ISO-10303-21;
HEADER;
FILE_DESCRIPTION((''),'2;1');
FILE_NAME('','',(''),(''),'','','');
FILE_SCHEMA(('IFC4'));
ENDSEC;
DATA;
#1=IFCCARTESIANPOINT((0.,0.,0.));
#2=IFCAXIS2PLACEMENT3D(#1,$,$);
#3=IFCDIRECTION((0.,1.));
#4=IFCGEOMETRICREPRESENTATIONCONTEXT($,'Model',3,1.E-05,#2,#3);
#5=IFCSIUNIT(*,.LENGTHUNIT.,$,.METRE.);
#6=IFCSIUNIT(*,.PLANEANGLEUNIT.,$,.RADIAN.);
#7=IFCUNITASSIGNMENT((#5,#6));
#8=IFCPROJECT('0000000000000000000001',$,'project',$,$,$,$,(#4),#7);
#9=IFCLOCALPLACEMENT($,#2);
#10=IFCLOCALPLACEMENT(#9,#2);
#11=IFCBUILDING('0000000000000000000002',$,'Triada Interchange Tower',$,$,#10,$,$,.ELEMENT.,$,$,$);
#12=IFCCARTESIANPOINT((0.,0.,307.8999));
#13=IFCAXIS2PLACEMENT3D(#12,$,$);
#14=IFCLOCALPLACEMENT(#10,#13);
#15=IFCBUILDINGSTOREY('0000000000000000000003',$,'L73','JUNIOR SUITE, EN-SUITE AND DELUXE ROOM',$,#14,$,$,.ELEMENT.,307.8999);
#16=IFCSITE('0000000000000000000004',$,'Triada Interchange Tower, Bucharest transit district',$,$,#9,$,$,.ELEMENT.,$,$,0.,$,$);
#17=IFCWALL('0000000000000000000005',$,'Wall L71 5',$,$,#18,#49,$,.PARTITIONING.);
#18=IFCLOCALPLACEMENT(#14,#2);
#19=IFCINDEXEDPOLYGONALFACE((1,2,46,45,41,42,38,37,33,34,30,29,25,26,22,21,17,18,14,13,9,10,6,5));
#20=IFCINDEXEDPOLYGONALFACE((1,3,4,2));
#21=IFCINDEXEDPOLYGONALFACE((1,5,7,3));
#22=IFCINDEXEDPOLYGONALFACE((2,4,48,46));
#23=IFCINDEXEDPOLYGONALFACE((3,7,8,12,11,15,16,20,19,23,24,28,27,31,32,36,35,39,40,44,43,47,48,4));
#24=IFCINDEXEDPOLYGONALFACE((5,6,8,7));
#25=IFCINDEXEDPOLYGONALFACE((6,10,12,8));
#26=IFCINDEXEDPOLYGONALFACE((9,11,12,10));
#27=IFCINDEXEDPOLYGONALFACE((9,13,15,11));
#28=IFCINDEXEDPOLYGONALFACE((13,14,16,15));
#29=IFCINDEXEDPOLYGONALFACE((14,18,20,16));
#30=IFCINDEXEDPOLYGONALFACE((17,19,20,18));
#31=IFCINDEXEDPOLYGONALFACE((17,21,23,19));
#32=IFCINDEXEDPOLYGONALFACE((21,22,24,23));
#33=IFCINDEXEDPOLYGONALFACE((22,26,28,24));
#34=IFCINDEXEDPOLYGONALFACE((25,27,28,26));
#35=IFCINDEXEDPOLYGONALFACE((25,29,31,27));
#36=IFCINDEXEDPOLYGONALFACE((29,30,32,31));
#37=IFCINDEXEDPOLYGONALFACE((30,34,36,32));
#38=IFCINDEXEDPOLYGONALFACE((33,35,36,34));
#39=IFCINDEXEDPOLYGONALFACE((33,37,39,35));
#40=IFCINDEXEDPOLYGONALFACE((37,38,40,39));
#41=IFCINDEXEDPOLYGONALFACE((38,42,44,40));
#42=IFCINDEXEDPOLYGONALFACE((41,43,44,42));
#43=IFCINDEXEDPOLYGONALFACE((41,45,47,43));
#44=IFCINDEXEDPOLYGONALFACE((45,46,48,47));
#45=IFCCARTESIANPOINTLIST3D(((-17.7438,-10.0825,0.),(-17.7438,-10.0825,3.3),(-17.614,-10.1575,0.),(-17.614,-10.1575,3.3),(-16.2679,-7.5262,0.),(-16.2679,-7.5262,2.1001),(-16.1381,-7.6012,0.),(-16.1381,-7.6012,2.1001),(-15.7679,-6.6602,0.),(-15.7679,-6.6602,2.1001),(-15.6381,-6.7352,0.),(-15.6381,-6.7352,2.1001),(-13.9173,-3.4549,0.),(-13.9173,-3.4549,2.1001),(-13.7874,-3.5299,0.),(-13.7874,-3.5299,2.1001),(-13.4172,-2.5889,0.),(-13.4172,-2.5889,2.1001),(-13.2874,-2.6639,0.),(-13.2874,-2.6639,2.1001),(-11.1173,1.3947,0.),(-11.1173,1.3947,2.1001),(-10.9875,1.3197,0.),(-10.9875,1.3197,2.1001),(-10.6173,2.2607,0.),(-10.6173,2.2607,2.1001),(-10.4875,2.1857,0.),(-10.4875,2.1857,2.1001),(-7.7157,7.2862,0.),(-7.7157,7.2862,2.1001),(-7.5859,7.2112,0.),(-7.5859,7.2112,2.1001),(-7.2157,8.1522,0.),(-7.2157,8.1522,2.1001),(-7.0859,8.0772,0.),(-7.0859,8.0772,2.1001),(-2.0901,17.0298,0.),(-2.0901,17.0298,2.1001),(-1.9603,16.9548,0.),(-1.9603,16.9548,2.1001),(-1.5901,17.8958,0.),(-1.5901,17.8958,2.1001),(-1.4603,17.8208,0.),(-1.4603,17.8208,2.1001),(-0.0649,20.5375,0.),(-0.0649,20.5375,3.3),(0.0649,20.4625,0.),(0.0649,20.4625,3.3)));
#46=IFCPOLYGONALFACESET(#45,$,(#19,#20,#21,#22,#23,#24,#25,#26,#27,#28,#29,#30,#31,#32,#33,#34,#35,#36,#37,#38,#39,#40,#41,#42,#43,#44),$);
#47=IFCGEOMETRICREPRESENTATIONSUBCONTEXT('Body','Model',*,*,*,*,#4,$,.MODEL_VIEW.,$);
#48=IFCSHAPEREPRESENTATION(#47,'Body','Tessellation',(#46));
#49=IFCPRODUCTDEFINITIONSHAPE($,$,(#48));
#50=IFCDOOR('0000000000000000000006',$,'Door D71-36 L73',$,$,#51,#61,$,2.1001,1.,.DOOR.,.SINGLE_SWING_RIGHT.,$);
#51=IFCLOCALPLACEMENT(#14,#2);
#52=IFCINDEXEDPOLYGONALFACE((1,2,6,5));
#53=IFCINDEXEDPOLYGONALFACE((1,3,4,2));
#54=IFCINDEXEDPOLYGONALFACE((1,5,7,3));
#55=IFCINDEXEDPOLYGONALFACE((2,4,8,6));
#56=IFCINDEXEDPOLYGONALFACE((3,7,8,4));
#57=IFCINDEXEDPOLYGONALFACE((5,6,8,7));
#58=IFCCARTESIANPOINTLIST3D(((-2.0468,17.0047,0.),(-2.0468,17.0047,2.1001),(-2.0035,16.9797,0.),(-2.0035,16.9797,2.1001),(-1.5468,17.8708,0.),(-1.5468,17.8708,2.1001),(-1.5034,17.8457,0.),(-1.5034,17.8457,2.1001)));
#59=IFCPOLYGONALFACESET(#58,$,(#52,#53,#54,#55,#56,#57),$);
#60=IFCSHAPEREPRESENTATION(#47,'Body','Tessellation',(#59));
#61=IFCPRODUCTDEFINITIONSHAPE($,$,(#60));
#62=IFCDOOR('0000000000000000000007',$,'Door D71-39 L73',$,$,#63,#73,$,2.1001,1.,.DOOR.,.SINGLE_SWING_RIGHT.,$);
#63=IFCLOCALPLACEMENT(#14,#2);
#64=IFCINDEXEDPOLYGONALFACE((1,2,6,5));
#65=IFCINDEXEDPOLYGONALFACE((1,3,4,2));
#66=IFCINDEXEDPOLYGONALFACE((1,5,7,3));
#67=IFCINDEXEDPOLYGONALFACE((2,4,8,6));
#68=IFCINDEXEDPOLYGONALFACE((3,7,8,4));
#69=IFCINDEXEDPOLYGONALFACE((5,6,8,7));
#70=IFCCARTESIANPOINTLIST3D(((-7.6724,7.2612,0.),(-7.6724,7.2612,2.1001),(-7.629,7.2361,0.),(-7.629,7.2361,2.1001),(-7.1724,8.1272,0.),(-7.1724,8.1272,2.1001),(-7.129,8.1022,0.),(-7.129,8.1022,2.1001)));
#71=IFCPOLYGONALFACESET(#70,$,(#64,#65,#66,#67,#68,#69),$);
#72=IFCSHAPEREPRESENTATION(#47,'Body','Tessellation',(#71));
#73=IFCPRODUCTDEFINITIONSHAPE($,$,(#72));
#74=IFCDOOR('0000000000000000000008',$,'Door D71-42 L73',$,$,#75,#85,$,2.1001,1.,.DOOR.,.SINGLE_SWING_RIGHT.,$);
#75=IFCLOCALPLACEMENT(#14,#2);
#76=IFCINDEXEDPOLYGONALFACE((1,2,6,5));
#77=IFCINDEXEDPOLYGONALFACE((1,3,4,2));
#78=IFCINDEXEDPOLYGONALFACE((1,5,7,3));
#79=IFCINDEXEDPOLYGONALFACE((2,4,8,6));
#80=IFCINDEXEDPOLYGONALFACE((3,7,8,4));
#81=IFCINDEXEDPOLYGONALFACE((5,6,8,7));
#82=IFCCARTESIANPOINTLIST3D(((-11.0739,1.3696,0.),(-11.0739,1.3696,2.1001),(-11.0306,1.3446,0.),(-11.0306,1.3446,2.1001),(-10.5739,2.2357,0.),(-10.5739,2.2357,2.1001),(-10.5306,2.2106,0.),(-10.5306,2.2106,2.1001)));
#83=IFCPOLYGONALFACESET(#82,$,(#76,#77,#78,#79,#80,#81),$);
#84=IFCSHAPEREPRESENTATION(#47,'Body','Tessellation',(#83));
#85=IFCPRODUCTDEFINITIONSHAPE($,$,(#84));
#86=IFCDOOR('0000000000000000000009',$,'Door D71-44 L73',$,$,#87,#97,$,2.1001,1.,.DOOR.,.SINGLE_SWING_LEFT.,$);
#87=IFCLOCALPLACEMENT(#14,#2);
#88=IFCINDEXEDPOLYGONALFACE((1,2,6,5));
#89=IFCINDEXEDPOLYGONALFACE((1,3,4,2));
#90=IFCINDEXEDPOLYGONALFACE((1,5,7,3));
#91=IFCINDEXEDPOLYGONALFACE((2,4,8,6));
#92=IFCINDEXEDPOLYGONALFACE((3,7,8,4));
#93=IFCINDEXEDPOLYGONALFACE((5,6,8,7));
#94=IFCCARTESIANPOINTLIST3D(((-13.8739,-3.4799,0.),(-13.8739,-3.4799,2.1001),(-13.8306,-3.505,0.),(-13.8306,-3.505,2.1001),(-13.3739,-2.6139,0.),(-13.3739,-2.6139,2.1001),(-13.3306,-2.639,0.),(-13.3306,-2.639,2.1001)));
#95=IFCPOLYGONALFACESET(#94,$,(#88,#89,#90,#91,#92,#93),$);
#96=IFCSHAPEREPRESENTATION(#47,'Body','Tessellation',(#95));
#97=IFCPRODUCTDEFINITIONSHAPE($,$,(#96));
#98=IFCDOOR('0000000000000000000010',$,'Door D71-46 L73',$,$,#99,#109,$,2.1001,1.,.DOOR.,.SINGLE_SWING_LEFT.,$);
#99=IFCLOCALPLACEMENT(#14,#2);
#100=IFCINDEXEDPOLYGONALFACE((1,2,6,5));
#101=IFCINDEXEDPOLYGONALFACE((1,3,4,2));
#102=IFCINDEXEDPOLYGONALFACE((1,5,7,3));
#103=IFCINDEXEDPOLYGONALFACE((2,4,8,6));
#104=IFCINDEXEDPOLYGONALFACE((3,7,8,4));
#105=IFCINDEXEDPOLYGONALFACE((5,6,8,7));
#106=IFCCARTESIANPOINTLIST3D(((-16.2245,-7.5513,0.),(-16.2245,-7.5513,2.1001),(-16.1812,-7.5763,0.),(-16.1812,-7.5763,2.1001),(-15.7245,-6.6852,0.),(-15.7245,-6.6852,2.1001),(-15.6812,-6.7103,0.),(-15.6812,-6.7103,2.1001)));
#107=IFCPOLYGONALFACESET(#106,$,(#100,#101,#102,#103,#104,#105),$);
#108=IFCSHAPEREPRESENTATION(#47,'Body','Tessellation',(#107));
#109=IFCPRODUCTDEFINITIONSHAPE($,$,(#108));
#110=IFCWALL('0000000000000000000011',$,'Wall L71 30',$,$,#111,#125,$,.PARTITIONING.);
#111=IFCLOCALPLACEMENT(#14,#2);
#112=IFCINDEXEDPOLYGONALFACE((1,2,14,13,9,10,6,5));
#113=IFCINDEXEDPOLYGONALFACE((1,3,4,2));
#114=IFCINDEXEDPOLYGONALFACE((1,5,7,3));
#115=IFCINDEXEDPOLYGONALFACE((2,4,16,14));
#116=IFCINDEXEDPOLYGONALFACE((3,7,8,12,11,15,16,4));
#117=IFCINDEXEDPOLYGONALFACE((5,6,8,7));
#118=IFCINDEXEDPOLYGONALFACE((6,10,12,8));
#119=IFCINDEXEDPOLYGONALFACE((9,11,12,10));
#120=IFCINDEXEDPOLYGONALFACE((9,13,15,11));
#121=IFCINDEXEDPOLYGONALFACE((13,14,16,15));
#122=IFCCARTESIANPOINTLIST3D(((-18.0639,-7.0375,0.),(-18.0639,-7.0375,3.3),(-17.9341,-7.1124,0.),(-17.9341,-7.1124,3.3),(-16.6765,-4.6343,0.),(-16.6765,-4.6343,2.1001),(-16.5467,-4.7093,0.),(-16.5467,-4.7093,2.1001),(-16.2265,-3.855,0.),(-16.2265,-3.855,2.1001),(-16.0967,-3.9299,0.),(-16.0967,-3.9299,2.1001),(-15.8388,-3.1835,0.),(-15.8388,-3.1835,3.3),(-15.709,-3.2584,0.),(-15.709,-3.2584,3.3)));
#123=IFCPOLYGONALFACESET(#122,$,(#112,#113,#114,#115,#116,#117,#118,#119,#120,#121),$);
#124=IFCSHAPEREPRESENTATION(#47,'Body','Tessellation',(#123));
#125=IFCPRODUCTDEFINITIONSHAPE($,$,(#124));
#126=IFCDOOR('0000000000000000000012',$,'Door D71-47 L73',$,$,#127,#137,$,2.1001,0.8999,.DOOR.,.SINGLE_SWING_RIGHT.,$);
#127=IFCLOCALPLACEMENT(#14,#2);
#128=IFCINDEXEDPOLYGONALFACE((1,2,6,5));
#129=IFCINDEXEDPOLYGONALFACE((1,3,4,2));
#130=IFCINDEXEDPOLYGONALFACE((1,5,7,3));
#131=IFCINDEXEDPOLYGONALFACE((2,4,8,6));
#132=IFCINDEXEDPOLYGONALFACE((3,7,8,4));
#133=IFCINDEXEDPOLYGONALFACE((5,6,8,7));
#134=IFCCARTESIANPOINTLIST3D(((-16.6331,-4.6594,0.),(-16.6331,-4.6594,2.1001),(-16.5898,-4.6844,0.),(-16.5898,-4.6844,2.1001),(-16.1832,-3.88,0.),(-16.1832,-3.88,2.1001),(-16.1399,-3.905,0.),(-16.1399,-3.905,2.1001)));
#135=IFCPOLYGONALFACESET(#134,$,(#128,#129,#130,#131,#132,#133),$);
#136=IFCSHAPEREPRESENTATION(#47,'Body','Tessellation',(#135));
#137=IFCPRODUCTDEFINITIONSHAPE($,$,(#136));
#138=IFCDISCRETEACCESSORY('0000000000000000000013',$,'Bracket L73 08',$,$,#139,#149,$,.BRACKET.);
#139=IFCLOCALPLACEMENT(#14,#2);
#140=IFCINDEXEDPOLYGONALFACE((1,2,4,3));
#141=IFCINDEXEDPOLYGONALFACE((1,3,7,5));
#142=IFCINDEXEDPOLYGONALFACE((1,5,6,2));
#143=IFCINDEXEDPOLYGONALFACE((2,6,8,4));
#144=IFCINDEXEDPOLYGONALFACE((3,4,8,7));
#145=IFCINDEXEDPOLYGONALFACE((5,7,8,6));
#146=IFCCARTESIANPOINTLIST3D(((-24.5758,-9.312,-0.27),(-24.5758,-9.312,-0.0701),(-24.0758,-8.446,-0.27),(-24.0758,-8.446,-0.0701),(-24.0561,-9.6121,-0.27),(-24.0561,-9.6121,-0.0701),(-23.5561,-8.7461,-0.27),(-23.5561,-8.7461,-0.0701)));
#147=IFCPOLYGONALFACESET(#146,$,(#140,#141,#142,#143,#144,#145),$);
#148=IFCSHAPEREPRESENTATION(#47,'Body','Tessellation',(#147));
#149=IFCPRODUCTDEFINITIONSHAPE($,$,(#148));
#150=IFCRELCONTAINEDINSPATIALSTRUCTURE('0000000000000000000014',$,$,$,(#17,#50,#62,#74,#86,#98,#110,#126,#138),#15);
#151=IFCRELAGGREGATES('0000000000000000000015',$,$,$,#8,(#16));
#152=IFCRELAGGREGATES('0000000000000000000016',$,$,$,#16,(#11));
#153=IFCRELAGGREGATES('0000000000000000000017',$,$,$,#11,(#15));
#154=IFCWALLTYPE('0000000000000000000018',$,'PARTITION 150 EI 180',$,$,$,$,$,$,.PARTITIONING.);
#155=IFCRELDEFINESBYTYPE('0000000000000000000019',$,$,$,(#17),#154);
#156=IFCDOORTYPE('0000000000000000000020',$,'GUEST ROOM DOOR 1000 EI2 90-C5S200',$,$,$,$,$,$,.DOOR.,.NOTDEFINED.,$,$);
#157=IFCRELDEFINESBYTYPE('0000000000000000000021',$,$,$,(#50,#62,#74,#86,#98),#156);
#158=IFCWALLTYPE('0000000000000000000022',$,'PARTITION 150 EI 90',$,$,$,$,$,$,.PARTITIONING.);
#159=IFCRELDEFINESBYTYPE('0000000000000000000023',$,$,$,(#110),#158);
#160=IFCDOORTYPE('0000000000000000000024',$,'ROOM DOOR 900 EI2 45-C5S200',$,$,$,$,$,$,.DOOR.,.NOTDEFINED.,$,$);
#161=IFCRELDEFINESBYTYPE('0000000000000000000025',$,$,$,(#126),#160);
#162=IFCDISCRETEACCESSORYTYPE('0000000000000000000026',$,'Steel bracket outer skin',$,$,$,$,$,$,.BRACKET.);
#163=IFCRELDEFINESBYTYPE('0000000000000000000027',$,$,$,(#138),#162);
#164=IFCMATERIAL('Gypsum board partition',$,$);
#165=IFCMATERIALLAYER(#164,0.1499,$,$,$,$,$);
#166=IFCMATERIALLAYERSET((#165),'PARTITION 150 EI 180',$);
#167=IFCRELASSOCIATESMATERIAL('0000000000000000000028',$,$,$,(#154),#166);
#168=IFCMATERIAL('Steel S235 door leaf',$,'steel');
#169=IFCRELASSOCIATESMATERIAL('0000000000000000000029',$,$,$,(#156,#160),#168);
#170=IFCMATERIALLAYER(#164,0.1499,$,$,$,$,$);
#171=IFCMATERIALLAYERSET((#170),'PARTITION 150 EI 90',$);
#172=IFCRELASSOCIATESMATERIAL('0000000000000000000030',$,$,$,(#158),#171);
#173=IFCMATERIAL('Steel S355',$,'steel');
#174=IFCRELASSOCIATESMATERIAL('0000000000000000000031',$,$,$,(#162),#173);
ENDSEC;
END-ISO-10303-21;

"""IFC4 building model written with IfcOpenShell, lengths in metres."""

from ifc_helpers import new_model, si_unit, direction, frame, frame_2d, origin, origin_2d, place, context, subcontext, project, spatial, rectangle, extrude, material, layer, layer_set, type_object, element, fill, save


model = new_model("IFC4")

# Units and contexts
model_context = context("Model", 3, precision=1e-05, world=origin(), true_north=direction((0.0, 1.0)))
body_context = subcontext(model_context, "Body", "Model", "MODEL_VIEW")
ifc_project = project(units=[si_unit("LENGTHUNIT", "METRE"), si_unit("PLANEANGLEUNIT", "RADIAN")], contexts=[model_context])

# Site, building, storey
site_placement = place(None, origin())
site = spatial("IfcSite", under=ifc_project, at=site_placement, Name="Triada Interchange Tower, Bucharest transit district", CompositionType="ELEMENT", RefElevation=0.0)
building_placement = place(site_placement, origin())
building = spatial("IfcBuilding", under=site, at=building_placement, Name="Triada Interchange Tower", CompositionType="ELEMENT")
storey_placement = place(building_placement, frame((0.0, 0.0, 307.8999)))
storey = spatial("IfcBuildingStorey", under=building, at=storey_placement, Name="L73", Description="JUNIOR SUITE, EN-SUITE AND DELUXE ROOM", CompositionType="ELEMENT", Elevation=307.8999)

# Wall, openings, doors
ifc_material_1 = material(Name="Gypsum board partition")
ifc_layer_1 = layer(ifc_material_1, 0.1499)
ifc_layer_set_1 = layer_set([ifc_layer_1], Name="PARTITION 150 EI 180")
wall_type_1 = type_object("IfcWallType", Name="PARTITION 150 EI 180", PredefinedType="PARTITIONING", material=ifc_layer_set_1)
ifc_material_2 = material(Name="Steel S235 door leaf", Category="steel")
door_type_1 = type_object("IfcDoorType", Name="GUEST ROOM DOOR 1000 EI2 90-C5S200", OperationType="NOTDEFINED", PredefinedType="DOOR", material=ifc_material_2)
wall_1_placement = place(storey_placement, frame((-17.679, -10.1201, 0.0), z_axis=(0.0, 0.0, 1.0), x_axis=(0.500009, 0.86602, 0.0)))
wall_1 = element("IfcWall", 1, at=wall_1_placement, inside=storey, type_object=wall_type_1, Name="Wall L71 5", PredefinedType="PARTITIONING", context=body_context, shape_type="SweptSolid", body=[
    extrude(rectangle(XDim=35.3572, YDim=0.1499, at=frame_2d((17.6787, 0.0))), origin(), (0.0, 0.0, 1.0), 3.3),
])
opening_1_placement = place(wall_1_placement, frame((31.3069, 0.0, 0.0)))
opening_1 = element("IfcOpeningElement", 2, at=opening_1_placement, cuts=wall_1, PredefinedType="OPENING", context=body_context, shape_type="SweptSolid", body=[
    extrude(rectangle(XDim=1.0, YDim=2.1001, at=frame_2d((0.5, 1.05))), frame((0.0, 0.085, 0.0), z_axis=(0.0, -1.0, 0.0), x_axis=(1.0, 0.0, 0.0)), (0.0, 0.0, 1.0), 0.1699),
])
opening_2_placement = place(wall_1_placement, frame((20.0559, 0.0, 0.0)))
opening_2 = element("IfcOpeningElement", 3, at=opening_2_placement, cuts=wall_1, PredefinedType="OPENING", context=body_context, shape_type="SweptSolid", body=[
    extrude(rectangle(XDim=1.0, YDim=2.1001, at=frame_2d((0.5, 1.05))), frame((0.0, 0.085, 0.0), z_axis=(0.0, -1.0, 0.0), x_axis=(1.0, 0.0, 0.0)), (0.0, 0.0, 1.0), 0.1699),
])
opening_3_placement = place(wall_1_placement, frame((13.2529, 0.0, 0.0)))
opening_3 = element("IfcOpeningElement", 4, at=opening_3_placement, cuts=wall_1, PredefinedType="OPENING", context=body_context, shape_type="SweptSolid", body=[
    extrude(rectangle(XDim=1.0, YDim=2.1001, at=frame_2d((0.5, 1.05))), frame((0.0, 0.085, 0.0), z_axis=(0.0, -1.0, 0.0), x_axis=(1.0, 0.0, 0.0)), (0.0, 0.0, 1.0), 0.1699),
])
opening_4_placement = place(wall_1_placement, frame((7.6531, 0.0, 0.0)))
opening_4 = element("IfcOpeningElement", 5, at=opening_4_placement, cuts=wall_1, PredefinedType="OPENING", context=body_context, shape_type="SweptSolid", body=[
    extrude(rectangle(XDim=1.0, YDim=2.1001, at=frame_2d((0.5, 1.05))), frame((0.0, 0.085, 0.0), z_axis=(0.0, -1.0, 0.0), x_axis=(1.0, 0.0, 0.0)), (0.0, 0.0, 1.0), 0.1699),
])
opening_5_placement = place(wall_1_placement, frame((2.9519, 0.0, 0.0)))
opening_5 = element("IfcOpeningElement", 6, at=opening_5_placement, cuts=wall_1, PredefinedType="OPENING", context=body_context, shape_type="SweptSolid", body=[
    extrude(rectangle(XDim=1.0, YDim=2.1001, at=frame_2d((0.5, 1.05))), frame((0.0, 0.085, 0.0), z_axis=(0.0, -1.0, 0.0), x_axis=(1.0, 0.0, 0.0)), (0.0, 0.0, 1.0), 0.1699),
])
door_1_placement = place(opening_1_placement, origin())
door_1 = element("IfcDoor", 7, at=door_1_placement, inside=storey, type_object=door_type_1, Name="Door D71-36 L73", OperationType="SINGLE_SWING_RIGHT", OverallHeight=2.1001, OverallWidth=1.0, PredefinedType="DOOR", context=body_context, shape_type="SweptSolid", body=[
    extrude(rectangle(XDim=1.0, YDim=2.1001, at=frame_2d((0.5, 1.05))), frame((0.0, 0.0249, 0.0), z_axis=(0.0, -1.0, 0.0), x_axis=(1.0, 0.0, 0.0)), (0.0, 0.0, 1.0), 0.05),
])
fill(opening_1, door_1)
door_2_placement = place(opening_2_placement, origin())
door_2 = element("IfcDoor", 8, at=door_2_placement, inside=storey, type_object=door_type_1, Name="Door D71-39 L73", OperationType="SINGLE_SWING_RIGHT", OverallHeight=2.1001, OverallWidth=1.0, PredefinedType="DOOR", context=body_context, shape_type="SweptSolid", body=[
    extrude(rectangle(XDim=1.0, YDim=2.1001, at=frame_2d((0.5, 1.05))), frame((0.0, 0.0249, 0.0), z_axis=(0.0, -1.0, 0.0), x_axis=(1.0, 0.0, 0.0)), (0.0, 0.0, 1.0), 0.05),
])
fill(opening_2, door_2)
door_3_placement = place(opening_3_placement, origin())
door_3 = element("IfcDoor", 9, at=door_3_placement, inside=storey, type_object=door_type_1, Name="Door D71-42 L73", OperationType="SINGLE_SWING_RIGHT", OverallHeight=2.1001, OverallWidth=1.0, PredefinedType="DOOR", context=body_context, shape_type="SweptSolid", body=[
    extrude(rectangle(XDim=1.0, YDim=2.1001, at=frame_2d((0.5, 1.05))), frame((0.0, 0.0249, 0.0), z_axis=(0.0, -1.0, 0.0), x_axis=(1.0, 0.0, 0.0)), (0.0, 0.0, 1.0), 0.05),
])
fill(opening_3, door_3)
door_4_placement = place(opening_4_placement, origin())
door_4 = element("IfcDoor", 10, at=door_4_placement, inside=storey, type_object=door_type_1, Name="Door D71-44 L73", OperationType="SINGLE_SWING_LEFT", OverallHeight=2.1001, OverallWidth=1.0, PredefinedType="DOOR", context=body_context, shape_type="SweptSolid", body=[
    extrude(rectangle(XDim=1.0, YDim=2.1001, at=frame_2d((0.5, 1.05))), frame((0.0, 0.0249, 0.0), z_axis=(0.0, -1.0, 0.0), x_axis=(1.0, 0.0, 0.0)), (0.0, 0.0, 1.0), 0.05),
])
fill(opening_4, door_4)
door_5_placement = place(opening_5_placement, origin())
door_5 = element("IfcDoor", 11, at=door_5_placement, inside=storey, type_object=door_type_1, Name="Door D71-46 L73", OperationType="SINGLE_SWING_LEFT", OverallHeight=2.1001, OverallWidth=1.0, PredefinedType="DOOR", context=body_context, shape_type="SweptSolid", body=[
    extrude(rectangle(XDim=1.0, YDim=2.1001, at=frame_2d((0.5, 1.05))), frame((0.0, 0.0249, 0.0), z_axis=(0.0, -1.0, 0.0), x_axis=(1.0, 0.0, 0.0)), (0.0, 0.0, 1.0), 0.05),
])
fill(opening_5, door_5)

# Wall, opening, door
ifc_layer_2 = layer(ifc_material_1, 0.1499)
ifc_layer_set_2 = layer_set([ifc_layer_2], Name="PARTITION 150 EI 90")
wall_type_2 = type_object("IfcWallType", Name="PARTITION 150 EI 90", PredefinedType="PARTITIONING", material=ifc_layer_set_2)
wall_2_placement = place(storey_placement, frame((-17.999, -7.075, 0.0), z_axis=(0.0, 0.0, 1.0), x_axis=(0.499998, 0.866027, 0.0)))
wall_2 = element("IfcWall", 12, at=wall_2_placement, inside=storey, type_object=wall_type_2, Name="Wall L71 30", PredefinedType="PARTITIONING", context=body_context, shape_type="SweptSolid", body=[
    extrude(rectangle(XDim=4.4502, YDim=0.1499, at=frame_2d((2.2251, 0.0))), origin(), (0.0, 0.0, 1.0), 3.3),
])
opening_6_placement = place(wall_2_placement, frame((2.7749, 0.0, 0.0)))
opening_6 = element("IfcOpeningElement", 13, at=opening_6_placement, cuts=wall_2, PredefinedType="OPENING", context=body_context, shape_type="SweptSolid", body=[
    extrude(rectangle(XDim=0.8999, YDim=2.1001, at=frame_2d((0.45, 1.05))), frame((0.0, 0.085, 0.0), z_axis=(0.0, -1.0, 0.0), x_axis=(1.0, 0.0, 0.0)), (0.0, 0.0, 1.0), 0.1699),
])
door_type_2 = type_object("IfcDoorType", Name="ROOM DOOR 900 EI2 45-C5S200", OperationType="NOTDEFINED", PredefinedType="DOOR", material=ifc_material_2)
door_6_placement = place(opening_6_placement, origin())
door_6 = element("IfcDoor", 14, at=door_6_placement, inside=storey, type_object=door_type_2, Name="Door D71-47 L73", OperationType="SINGLE_SWING_RIGHT", OverallHeight=2.1001, OverallWidth=0.8999, PredefinedType="DOOR", context=body_context, shape_type="SweptSolid", body=[
    extrude(rectangle(XDim=0.8999, YDim=2.1001, at=frame_2d((0.45, 1.05))), frame((0.0, 0.0249, 0.0), z_axis=(0.0, -1.0, 0.0), x_axis=(1.0, 0.0, 0.0)), (0.0, 0.0, 1.0), 0.05),
])
fill(opening_6, door_6)

# Discrete accessory
ifc_material_3 = material(Name="Steel S355", Category="steel")
discrete_accessory_type = type_object("IfcDiscreteAccessoryType", Name="Steel bracket outer skin", PredefinedType="BRACKET", material=ifc_material_3)
discrete_accessory_placement = place(storey_placement, frame((-24.0659, -9.0291, -0.27), z_axis=(0.0, 0.0, 1.0), x_axis=(-0.866027, 0.499997, 0.0)))
element("IfcDiscreteAccessory", 15, at=discrete_accessory_placement, inside=storey, type_object=discrete_accessory_type, Name="Bracket L73 08", PredefinedType="BRACKET", context=body_context, shape_type="SweptSolid", body=[
    extrude(rectangle(XDim=0.6001, YDim=1.0, at=origin_2d()), origin(), (0.0, 0.0, 1.0), 0.2),
])

save(model, "model.ifc")
